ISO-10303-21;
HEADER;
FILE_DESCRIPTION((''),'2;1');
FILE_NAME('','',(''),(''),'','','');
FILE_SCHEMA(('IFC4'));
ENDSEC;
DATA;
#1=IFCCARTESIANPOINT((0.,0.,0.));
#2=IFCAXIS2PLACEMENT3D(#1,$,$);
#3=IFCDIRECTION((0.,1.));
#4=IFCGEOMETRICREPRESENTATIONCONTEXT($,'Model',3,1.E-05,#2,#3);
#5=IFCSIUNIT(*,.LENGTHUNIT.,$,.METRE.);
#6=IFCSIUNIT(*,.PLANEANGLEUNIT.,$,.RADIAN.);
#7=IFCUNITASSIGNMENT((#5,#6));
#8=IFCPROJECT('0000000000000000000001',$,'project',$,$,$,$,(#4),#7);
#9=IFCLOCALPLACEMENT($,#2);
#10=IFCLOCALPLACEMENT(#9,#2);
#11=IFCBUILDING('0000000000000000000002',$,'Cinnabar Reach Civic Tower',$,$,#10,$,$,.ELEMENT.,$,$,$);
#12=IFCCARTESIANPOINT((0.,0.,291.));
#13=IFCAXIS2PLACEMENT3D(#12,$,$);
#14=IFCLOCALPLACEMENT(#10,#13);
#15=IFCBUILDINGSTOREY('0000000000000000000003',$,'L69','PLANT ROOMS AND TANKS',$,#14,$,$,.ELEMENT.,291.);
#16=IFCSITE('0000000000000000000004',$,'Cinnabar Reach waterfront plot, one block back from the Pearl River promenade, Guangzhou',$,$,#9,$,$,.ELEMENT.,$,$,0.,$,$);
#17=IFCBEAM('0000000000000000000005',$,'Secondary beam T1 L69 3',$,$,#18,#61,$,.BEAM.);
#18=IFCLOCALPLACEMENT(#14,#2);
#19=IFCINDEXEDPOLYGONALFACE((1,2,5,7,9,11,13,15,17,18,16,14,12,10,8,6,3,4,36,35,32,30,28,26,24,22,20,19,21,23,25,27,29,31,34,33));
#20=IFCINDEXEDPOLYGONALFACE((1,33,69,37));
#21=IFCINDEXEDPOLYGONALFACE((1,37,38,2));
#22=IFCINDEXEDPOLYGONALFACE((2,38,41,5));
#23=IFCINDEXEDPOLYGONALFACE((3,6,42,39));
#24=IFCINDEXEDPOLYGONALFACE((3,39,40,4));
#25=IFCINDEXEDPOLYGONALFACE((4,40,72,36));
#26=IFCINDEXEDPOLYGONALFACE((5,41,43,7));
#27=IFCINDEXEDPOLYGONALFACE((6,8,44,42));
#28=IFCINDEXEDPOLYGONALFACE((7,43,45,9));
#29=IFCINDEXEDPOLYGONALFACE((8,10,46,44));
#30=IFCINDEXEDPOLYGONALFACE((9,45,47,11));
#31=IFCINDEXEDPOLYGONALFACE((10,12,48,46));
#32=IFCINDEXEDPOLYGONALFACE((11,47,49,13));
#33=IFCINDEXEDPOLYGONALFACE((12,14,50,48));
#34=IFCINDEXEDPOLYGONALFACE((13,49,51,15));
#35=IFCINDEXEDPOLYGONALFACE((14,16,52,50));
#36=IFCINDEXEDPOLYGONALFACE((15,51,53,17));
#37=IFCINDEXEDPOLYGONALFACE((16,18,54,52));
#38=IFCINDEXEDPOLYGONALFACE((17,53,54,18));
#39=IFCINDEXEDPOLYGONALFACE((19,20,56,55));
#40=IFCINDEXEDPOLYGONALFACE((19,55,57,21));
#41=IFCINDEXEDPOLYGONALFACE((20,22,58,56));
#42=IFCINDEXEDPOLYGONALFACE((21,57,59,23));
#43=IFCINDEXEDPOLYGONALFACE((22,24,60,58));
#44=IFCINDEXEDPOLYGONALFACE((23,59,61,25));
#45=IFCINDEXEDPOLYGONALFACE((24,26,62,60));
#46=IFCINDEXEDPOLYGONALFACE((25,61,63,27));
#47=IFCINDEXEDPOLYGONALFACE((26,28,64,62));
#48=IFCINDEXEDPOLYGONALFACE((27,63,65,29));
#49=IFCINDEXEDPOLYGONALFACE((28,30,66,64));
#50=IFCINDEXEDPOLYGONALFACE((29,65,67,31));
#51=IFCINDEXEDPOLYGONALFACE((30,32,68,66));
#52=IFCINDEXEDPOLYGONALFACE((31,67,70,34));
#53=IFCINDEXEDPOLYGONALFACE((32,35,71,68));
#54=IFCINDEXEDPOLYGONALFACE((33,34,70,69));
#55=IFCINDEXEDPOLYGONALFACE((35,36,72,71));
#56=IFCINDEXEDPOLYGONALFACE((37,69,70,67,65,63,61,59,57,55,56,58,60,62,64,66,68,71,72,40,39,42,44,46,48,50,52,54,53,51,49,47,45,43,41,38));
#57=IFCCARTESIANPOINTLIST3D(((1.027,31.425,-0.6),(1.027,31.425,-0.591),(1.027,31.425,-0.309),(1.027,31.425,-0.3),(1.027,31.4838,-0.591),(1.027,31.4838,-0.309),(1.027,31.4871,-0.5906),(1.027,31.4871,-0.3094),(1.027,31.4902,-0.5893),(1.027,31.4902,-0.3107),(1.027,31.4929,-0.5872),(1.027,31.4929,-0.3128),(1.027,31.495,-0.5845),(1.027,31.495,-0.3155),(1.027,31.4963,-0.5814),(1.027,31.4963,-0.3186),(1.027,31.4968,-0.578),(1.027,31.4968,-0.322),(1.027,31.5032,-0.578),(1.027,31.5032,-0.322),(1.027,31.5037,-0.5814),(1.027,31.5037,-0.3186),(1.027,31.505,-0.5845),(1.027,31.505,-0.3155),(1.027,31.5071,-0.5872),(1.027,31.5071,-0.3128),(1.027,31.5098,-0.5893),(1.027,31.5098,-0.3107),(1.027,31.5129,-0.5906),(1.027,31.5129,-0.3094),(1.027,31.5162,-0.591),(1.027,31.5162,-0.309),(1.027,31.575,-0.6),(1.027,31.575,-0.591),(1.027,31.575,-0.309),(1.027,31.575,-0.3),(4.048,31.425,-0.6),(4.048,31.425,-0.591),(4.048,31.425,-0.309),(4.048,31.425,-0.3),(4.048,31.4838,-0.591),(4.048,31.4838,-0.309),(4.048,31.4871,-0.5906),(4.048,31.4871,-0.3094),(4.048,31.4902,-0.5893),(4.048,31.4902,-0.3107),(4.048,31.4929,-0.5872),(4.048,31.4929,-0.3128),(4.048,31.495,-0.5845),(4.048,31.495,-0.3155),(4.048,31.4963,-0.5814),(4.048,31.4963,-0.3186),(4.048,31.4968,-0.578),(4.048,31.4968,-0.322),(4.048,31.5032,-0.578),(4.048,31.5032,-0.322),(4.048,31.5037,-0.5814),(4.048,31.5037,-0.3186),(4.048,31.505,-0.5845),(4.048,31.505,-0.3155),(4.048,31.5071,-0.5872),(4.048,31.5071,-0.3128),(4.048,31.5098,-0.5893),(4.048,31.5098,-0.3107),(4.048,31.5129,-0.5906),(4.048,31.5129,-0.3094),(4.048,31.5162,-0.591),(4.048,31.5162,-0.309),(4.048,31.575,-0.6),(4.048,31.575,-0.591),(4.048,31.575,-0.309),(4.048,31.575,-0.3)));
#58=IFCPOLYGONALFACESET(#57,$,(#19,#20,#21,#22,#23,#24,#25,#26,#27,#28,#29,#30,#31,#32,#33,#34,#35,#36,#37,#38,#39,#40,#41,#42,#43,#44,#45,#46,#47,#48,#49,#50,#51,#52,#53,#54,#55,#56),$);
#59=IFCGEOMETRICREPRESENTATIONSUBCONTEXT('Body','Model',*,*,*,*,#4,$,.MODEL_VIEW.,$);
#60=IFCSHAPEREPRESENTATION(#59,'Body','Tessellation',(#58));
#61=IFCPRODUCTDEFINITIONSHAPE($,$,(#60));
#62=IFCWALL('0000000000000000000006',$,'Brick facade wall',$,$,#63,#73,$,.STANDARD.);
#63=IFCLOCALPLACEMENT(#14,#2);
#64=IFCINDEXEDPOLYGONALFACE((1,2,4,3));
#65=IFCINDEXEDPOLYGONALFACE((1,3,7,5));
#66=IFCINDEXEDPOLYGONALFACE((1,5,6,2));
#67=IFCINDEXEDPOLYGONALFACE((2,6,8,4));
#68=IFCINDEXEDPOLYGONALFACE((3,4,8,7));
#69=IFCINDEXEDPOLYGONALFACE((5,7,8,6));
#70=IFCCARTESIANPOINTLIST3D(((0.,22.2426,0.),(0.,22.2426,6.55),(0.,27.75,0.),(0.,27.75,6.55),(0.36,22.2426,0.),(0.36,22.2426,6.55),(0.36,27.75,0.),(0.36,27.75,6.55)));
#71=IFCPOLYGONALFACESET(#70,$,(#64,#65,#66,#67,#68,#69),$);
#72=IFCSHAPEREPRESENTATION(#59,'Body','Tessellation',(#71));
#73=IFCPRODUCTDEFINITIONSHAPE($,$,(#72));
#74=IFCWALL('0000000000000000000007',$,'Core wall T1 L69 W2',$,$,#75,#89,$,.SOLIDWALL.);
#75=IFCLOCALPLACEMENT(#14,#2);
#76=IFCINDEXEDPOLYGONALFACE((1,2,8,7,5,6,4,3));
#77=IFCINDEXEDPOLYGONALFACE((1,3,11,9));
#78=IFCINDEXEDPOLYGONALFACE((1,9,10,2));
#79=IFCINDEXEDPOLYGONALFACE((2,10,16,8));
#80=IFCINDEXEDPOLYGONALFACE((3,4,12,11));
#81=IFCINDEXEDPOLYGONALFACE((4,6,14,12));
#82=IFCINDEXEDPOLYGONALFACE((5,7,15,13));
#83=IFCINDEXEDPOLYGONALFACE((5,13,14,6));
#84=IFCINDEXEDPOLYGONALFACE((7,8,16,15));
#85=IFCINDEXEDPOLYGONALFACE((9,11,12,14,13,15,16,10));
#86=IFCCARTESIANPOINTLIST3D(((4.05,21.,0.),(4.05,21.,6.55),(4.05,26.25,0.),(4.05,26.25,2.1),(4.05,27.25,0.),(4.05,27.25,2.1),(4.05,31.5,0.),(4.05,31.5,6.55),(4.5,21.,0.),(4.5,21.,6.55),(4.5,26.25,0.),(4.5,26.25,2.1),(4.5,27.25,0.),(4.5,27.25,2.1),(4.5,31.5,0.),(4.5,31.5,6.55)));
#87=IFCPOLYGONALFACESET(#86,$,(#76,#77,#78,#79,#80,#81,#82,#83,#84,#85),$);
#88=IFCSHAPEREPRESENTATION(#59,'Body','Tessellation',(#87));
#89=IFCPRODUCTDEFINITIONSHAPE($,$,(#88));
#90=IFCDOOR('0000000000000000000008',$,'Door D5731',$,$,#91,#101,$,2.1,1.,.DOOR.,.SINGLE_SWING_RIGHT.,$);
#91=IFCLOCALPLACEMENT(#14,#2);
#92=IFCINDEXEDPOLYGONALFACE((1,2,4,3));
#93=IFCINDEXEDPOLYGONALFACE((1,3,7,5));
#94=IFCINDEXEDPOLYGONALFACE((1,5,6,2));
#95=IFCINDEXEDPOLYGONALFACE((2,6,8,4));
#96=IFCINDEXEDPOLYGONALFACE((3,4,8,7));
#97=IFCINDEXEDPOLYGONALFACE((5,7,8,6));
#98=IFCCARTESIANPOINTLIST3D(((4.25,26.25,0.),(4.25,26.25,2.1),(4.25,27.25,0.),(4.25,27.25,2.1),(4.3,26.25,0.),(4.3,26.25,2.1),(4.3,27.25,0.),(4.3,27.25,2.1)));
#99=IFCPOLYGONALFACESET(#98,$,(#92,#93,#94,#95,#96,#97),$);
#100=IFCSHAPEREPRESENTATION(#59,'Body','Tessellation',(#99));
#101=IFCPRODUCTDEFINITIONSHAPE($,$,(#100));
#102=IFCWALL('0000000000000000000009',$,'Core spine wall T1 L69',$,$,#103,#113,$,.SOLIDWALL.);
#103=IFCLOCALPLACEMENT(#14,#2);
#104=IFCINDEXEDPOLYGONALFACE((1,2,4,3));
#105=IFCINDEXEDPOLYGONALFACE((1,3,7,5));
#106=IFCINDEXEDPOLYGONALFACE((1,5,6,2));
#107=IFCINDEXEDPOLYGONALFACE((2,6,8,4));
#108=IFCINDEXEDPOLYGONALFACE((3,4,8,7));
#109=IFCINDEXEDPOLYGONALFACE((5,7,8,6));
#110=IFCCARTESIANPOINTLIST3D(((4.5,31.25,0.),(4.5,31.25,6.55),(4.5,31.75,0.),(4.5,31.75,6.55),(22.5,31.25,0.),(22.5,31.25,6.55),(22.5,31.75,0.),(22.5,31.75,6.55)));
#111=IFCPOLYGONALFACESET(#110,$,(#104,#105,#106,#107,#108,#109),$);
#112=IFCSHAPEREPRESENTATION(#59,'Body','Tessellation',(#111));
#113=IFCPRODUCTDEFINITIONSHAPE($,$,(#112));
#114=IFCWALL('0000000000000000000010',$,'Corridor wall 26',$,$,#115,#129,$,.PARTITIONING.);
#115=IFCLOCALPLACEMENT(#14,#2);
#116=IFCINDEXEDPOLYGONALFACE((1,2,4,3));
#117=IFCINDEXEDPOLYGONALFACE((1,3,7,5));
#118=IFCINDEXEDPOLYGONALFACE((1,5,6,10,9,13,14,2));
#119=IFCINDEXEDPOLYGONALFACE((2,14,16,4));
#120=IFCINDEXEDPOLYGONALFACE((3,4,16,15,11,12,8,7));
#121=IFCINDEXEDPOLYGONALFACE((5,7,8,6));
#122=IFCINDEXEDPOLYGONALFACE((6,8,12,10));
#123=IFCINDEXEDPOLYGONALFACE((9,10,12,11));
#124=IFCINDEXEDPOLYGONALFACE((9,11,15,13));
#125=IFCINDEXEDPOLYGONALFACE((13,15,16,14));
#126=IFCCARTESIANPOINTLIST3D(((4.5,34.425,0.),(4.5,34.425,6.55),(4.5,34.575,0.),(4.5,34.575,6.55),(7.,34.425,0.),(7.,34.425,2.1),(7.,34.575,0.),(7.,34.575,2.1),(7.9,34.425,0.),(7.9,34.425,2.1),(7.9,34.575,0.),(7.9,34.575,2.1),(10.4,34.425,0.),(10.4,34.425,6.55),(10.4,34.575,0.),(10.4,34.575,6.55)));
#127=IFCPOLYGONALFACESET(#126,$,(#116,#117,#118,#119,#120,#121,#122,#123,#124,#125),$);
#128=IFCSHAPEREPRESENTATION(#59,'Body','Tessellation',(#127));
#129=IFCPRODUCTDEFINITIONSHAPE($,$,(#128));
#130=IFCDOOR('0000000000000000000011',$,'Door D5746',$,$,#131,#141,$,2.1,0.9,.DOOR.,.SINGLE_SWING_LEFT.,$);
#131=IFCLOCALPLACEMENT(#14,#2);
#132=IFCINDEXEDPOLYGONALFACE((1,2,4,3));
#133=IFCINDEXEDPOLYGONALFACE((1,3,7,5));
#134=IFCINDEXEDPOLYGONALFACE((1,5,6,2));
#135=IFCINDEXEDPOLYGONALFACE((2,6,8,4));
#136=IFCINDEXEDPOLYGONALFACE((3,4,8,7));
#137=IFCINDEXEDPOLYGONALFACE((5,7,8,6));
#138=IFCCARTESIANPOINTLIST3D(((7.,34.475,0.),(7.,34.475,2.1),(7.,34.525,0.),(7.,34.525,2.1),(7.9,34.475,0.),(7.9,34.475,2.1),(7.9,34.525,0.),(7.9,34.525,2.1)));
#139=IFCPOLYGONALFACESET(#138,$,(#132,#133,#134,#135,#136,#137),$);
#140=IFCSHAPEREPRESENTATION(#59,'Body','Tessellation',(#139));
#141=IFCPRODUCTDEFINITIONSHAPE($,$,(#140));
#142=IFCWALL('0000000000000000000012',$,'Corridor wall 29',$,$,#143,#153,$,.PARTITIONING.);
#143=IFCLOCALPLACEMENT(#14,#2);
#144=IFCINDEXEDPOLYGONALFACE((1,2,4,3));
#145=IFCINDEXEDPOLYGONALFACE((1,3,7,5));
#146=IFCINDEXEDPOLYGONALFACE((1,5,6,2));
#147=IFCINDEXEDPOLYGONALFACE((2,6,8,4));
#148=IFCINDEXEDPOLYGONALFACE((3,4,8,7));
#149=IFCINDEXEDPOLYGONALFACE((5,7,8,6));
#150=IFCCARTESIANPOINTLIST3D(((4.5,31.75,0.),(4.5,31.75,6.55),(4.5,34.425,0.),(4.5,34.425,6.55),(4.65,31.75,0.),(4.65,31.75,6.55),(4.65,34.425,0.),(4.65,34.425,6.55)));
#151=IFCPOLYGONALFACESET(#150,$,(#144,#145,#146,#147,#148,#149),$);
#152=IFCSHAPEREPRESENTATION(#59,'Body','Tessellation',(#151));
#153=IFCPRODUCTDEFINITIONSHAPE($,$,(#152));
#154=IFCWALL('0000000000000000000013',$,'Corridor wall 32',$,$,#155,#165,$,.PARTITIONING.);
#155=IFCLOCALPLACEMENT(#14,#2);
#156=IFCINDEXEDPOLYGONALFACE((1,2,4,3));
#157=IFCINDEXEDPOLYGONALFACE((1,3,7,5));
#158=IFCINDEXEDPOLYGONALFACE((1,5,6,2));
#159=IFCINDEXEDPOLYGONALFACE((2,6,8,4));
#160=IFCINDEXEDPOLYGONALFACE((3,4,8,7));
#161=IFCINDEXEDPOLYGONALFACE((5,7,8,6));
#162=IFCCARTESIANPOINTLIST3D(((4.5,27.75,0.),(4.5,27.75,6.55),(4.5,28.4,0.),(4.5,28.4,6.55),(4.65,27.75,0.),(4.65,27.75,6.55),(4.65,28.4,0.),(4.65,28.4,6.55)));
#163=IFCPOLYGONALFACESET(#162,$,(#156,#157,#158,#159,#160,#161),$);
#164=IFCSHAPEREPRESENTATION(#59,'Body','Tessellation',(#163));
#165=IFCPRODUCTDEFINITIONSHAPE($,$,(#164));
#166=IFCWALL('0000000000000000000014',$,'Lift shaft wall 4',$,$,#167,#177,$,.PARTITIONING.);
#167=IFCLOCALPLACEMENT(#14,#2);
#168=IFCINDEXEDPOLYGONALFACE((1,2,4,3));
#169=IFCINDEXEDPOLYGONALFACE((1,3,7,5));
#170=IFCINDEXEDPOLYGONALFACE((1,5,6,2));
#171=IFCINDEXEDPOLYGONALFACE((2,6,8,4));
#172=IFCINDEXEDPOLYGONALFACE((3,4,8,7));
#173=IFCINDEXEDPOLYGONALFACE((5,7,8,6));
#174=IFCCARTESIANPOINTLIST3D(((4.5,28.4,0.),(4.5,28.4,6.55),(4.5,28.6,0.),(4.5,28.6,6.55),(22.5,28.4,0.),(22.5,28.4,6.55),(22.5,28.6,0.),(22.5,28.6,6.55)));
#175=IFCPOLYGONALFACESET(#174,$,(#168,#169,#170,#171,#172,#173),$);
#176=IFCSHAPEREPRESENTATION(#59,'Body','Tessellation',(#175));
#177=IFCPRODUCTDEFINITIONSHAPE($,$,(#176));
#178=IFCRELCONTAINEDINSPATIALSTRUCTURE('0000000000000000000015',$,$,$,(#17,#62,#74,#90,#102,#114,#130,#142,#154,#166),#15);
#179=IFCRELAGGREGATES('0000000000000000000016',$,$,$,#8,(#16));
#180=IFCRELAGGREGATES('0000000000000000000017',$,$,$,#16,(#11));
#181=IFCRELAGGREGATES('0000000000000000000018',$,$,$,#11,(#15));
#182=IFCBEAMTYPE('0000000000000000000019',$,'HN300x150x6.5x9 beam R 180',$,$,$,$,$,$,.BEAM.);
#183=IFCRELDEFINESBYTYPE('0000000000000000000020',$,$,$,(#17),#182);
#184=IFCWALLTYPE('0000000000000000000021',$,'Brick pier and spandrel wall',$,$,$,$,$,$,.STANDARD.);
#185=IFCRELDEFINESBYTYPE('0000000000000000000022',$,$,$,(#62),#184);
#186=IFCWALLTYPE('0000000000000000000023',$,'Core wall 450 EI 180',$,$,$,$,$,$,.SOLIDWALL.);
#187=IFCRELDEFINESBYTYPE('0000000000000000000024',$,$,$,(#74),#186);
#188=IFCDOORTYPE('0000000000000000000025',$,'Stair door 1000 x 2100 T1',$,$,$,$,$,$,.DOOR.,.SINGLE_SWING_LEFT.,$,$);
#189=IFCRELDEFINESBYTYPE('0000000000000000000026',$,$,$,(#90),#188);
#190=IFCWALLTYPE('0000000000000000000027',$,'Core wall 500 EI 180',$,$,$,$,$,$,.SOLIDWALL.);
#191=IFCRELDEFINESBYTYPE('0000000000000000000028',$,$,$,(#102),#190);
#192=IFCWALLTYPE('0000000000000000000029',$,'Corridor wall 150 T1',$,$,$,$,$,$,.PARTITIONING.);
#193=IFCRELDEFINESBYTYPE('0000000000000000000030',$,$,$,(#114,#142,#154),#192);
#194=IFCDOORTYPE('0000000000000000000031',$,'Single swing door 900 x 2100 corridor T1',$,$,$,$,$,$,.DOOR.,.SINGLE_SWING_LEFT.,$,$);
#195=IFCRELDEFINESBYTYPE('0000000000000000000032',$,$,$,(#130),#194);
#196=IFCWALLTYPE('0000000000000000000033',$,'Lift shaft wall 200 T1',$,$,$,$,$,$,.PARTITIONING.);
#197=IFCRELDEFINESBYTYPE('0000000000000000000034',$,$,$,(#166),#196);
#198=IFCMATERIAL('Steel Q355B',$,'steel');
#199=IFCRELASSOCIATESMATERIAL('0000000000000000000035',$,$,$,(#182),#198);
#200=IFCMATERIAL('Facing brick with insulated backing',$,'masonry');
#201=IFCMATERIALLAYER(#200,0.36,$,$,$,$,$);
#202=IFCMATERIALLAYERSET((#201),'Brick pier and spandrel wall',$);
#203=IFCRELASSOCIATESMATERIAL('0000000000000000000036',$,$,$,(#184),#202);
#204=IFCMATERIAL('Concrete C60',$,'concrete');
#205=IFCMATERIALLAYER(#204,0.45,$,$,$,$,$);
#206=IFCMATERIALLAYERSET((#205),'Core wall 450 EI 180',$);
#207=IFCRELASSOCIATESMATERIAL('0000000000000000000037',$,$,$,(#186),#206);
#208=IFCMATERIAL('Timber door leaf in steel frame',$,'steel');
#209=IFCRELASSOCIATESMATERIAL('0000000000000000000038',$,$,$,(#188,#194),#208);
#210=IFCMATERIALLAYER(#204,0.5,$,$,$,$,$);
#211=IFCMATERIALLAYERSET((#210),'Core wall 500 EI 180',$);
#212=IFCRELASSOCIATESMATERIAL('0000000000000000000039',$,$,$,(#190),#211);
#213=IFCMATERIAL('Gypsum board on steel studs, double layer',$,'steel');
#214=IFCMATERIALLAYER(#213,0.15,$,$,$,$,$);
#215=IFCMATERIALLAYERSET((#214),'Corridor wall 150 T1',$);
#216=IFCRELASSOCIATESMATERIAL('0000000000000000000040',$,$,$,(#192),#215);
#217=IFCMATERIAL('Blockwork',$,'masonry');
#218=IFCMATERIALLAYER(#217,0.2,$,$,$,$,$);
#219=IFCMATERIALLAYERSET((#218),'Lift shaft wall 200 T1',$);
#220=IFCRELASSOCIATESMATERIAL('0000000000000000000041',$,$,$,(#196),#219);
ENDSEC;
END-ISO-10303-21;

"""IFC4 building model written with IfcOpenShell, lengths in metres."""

from ifc_helpers import new_model, si_unit, direction, frame, frame_2d, origin, origin_2d, place, context, subcontext, project, spatial, rectangle, i_section, extrude, material, layer, layer_set, material_profile, profile_set, type_object, element, fill, save


model = new_model("IFC4")

# Units and contexts
model_context = context("Model", 3, precision=1e-05, world=origin(), true_north=direction((0.0, 1.0)))
body_context = subcontext(model_context, "Body", "Model", "MODEL_VIEW")
ifc_project = project(units=[si_unit("LENGTHUNIT", "METRE"), si_unit("PLANEANGLEUNIT", "RADIAN")], contexts=[model_context])

# Site, building, storey
site_placement = place(None, origin())
site = spatial("IfcSite", under=ifc_project, at=site_placement, Name="Cinnabar Reach waterfront plot, one block back from the Pearl River promenade, Guangzhou", CompositionType="ELEMENT", RefElevation=0.0)
building_placement = place(site_placement, origin())
building = spatial("IfcBuilding", under=site, at=building_placement, Name="Cinnabar Reach Civic Tower", CompositionType="ELEMENT")
storey_placement = place(building_placement, frame((0.0, 0.0, 291.0)))
storey = spatial("IfcBuildingStorey", under=building, at=storey_placement, Name="L69", Description="PLANT ROOMS AND TANKS", CompositionType="ELEMENT", Elevation=291.0)

# Beam
ifc_material_1 = material(Name="Steel Q355B", Category="steel")
ifc_material_profile = material_profile(ifc_material_1, i_section(OverallWidth=0.15, OverallDepth=0.3, WebThickness=0.0065, FlangeThickness=0.009, FilletRadius=0.013, at=origin_2d()), Name="HN300x150x6.5x9")
ifc_profile_set = profile_set([ifc_material_profile], Name="Steel Q355B")
beam_type = type_object("IfcBeamType", Name="HN300x150x6.5x9 beam R 180", PredefinedType="BEAM", material=ifc_profile_set)
beam_placement = place(storey_placement, frame((1.027, 31.5, -0.45), z_axis=(1.0, 0.0, 0.0), x_axis=(0.0, 1.0, 0.0)))
element("IfcBeam", 1, at=beam_placement, inside=storey, type_object=beam_type, Name="Secondary beam T1 L69 3", PredefinedType="BEAM", context=body_context, shape_type="SweptSolid", body=[
    extrude(i_section(OverallWidth=0.15, OverallDepth=0.3, WebThickness=0.0065, FlangeThickness=0.009, FilletRadius=0.013, at=origin_2d()), origin(), (0.0, 0.0, 1.0), 3.021),
])

# Wall
ifc_material_2 = material(Name="Facing brick with insulated backing", Category="masonry")
ifc_layer_1 = layer(ifc_material_2, 0.36)
ifc_layer_set_1 = layer_set([ifc_layer_1], Name="Brick pier and spandrel wall")
wall_type_1 = type_object("IfcWallType", Name="Brick pier and spandrel wall", PredefinedType="STANDARD", material=ifc_layer_set_1)
wall_1_placement = place(storey_placement, frame((0.18, 27.75, 0.0), z_axis=(0.0, 0.0, 1.0), x_axis=(0.0, -1.0, 0.0)))
element("IfcWall", 2, at=wall_1_placement, inside=storey, type_object=wall_type_1, Name="Brick facade wall", PredefinedType="STANDARD", context=body_context, shape_type="SweptSolid", body=[
    extrude(rectangle(XDim=5.5074, YDim=0.36, at=frame_2d((2.7537, 0.0))), origin(), (0.0, 0.0, 1.0), 6.55),
])

# Wall, opening, door
ifc_material_3 = material(Name="Concrete C60", Category="concrete")
ifc_layer_2 = layer(ifc_material_3, 0.45)
ifc_layer_set_2 = layer_set([ifc_layer_2], Name="Core wall 450 EI 180")
wall_type_2 = type_object("IfcWallType", Name="Core wall 450 EI 180", PredefinedType="SOLIDWALL", material=ifc_layer_set_2)
wall_2_placement = place(storey_placement, frame((4.275, 31.5, 0.0), z_axis=(0.0, 0.0, 1.0), x_axis=(0.0, -1.0, 0.0)))
wall_2 = element("IfcWall", 3, at=wall_2_placement, inside=storey, type_object=wall_type_2, Name="Core wall T1 L69 W2", PredefinedType="SOLIDWALL", context=body_context, shape_type="SweptSolid", body=[
    extrude(rectangle(XDim=10.5, YDim=0.45, at=frame_2d((5.25, 0.0))), origin(), (0.0, 0.0, 1.0), 6.55),
])
opening_1_placement = place(wall_2_placement, frame((4.25, 0.0, 0.0)))
opening_1 = element("IfcOpeningElement", 4, at=opening_1_placement, cuts=wall_2, PredefinedType="OPENING", context=body_context, shape_type="SweptSolid", body=[
    extrude(rectangle(XDim=1.0, YDim=2.1, at=frame_2d((0.5, 1.05))), frame((0.0, 0.235, 0.0), z_axis=(0.0, -1.0, 0.0), x_axis=(1.0, 0.0, 0.0)), (0.0, 0.0, 1.0), 0.47),
])
ifc_material_4 = material(Name="Timber door leaf in steel frame", Category="steel")
door_type_1 = type_object("IfcDoorType", Name="Stair door 1000 x 2100 T1", OperationType="SINGLE_SWING_LEFT", PredefinedType="DOOR", material=ifc_material_4)
door_1_placement = place(opening_1_placement, frame((1.0, 0.0, 0.0), z_axis=(0.0, 0.0, 1.0), x_axis=(-1.0, 0.0, 0.0)))
door_1 = element("IfcDoor", 5, at=door_1_placement, inside=storey, type_object=door_type_1, Name="Door D5731", OperationType="SINGLE_SWING_RIGHT", OverallHeight=2.1, OverallWidth=1.0, PredefinedType="DOOR", context=body_context, shape_type="SweptSolid", body=[
    extrude(rectangle(XDim=1.0, YDim=2.1, at=frame_2d((0.5, 1.05))), frame((0.0, 0.025, 0.0), z_axis=(0.0, -1.0, 0.0), x_axis=(1.0, 0.0, 0.0)), (0.0, 0.0, 1.0), 0.05),
])
fill(opening_1, door_1)

# Wall
ifc_layer_3 = layer(ifc_material_3, 0.5)
ifc_layer_set_3 = layer_set([ifc_layer_3], Name="Core wall 500 EI 180")
wall_type_3 = type_object("IfcWallType", Name="Core wall 500 EI 180", PredefinedType="SOLIDWALL", material=ifc_layer_set_3)
wall_3_placement = place(storey_placement, frame((4.5, 31.5, 0.0), z_axis=(0.0, 0.0, 1.0), x_axis=(1.0, 0.0, 0.0)))
element("IfcWall", 6, at=wall_3_placement, inside=storey, type_object=wall_type_3, Name="Core spine wall T1 L69", PredefinedType="SOLIDWALL", context=body_context, shape_type="SweptSolid", body=[
    extrude(rectangle(XDim=18.0, YDim=0.5, at=frame_2d((9.0, 0.0))), origin(), (0.0, 0.0, 1.0), 6.55),
])

# Wall, opening, door
ifc_material_5 = material(Name="Gypsum board on steel studs, double layer", Category="steel")
ifc_layer_4 = layer(ifc_material_5, 0.15)
ifc_layer_set_4 = layer_set([ifc_layer_4], Name="Corridor wall 150 T1")
wall_type_4 = type_object("IfcWallType", Name="Corridor wall 150 T1", PredefinedType="PARTITIONING", material=ifc_layer_set_4)
wall_4_placement = place(storey_placement, frame((4.5, 34.5, 0.0), z_axis=(0.0, 0.0, 1.0), x_axis=(1.0, 0.0, 0.0)))
wall_4 = element("IfcWall", 7, at=wall_4_placement, inside=storey, type_object=wall_type_4, Name="Corridor wall 26", PredefinedType="PARTITIONING", context=body_context, shape_type="SweptSolid", body=[
    extrude(rectangle(XDim=5.9, YDim=0.15, at=frame_2d((2.95, 0.0))), origin(), (0.0, 0.0, 1.0), 6.55),
])
opening_2_placement = place(wall_4_placement, frame((2.5, 0.0, 0.0)))
opening_2 = element("IfcOpeningElement", 8, at=opening_2_placement, cuts=wall_4, PredefinedType="OPENING", context=body_context, shape_type="SweptSolid", body=[
    extrude(rectangle(XDim=0.9, YDim=2.1, at=frame_2d((0.45, 1.05))), frame((0.0, 0.085, 0.0), z_axis=(0.0, -1.0, 0.0), x_axis=(1.0, 0.0, 0.0)), (0.0, 0.0, 1.0), 0.17),
])
door_type_2 = type_object("IfcDoorType", Name="Single swing door 900 x 2100 corridor T1", OperationType="SINGLE_SWING_LEFT", PredefinedType="DOOR", material=ifc_material_4)
door_2_placement = place(opening_2_placement, frame((0.9, 0.0, 0.0), z_axis=(0.0, 0.0, 1.0), x_axis=(-1.0, 0.0, 0.0)))
door_2 = element("IfcDoor", 9, at=door_2_placement, inside=storey, type_object=door_type_2, Name="Door D5746", OperationType="SINGLE_SWING_LEFT", OverallHeight=2.1, OverallWidth=0.9, PredefinedType="DOOR", context=body_context, shape_type="SweptSolid", body=[
    extrude(rectangle(XDim=0.9, YDim=2.1, at=frame_2d((0.45, 1.05))), frame((0.0, 0.025, 0.0), z_axis=(0.0, -1.0, 0.0), x_axis=(1.0, 0.0, 0.0)), (0.0, 0.0, 1.0), 0.05),
])
fill(opening_2, door_2)

# Walls
wall_5_placement = place(storey_placement, frame((4.575, 31.75, 0.0), z_axis=(0.0, 0.0, 1.0), x_axis=(0.0, 1.0, 0.0)))
element("IfcWall", 10, at=wall_5_placement, inside=storey, type_object=wall_type_4, Name="Corridor wall 29", PredefinedType="PARTITIONING", context=body_context, shape_type="SweptSolid", body=[
    extrude(rectangle(XDim=2.675, YDim=0.15, at=frame_2d((1.3375, 0.0))), origin(), (0.0, 0.0, 1.0), 6.55),
])
wall_6_placement = place(storey_placement, frame((4.575, 27.75, 0.0), z_axis=(0.0, 0.0, 1.0), x_axis=(0.0, 1.0, 0.0)))
element("IfcWall", 11, at=wall_6_placement, inside=storey, type_object=wall_type_4, Name="Corridor wall 32", PredefinedType="PARTITIONING", context=body_context, shape_type="SweptSolid", body=[
    extrude(rectangle(XDim=0.65, YDim=0.15, at=frame_2d((0.325, 0.0))), origin(), (0.0, 0.0, 1.0), 6.55),
])
ifc_material_6 = material(Name="Blockwork", Category="masonry")
ifc_layer_5 = layer(ifc_material_6, 0.2)
ifc_layer_set_5 = layer_set([ifc_layer_5], Name="Lift shaft wall 200 T1")
wall_type_5 = type_object("IfcWallType", Name="Lift shaft wall 200 T1", PredefinedType="PARTITIONING", material=ifc_layer_set_5)
wall_7_placement = place(storey_placement, frame((4.5, 28.5, 0.0), z_axis=(0.0, 0.0, 1.0), x_axis=(1.0, 0.0, 0.0)))
element("IfcWall", 12, at=wall_7_placement, inside=storey, type_object=wall_type_5, Name="Lift shaft wall 4", PredefinedType="PARTITIONING", context=body_context, shape_type="SweptSolid", body=[
    extrude(rectangle(XDim=18.0, YDim=0.2, at=frame_2d((9.0, 0.0))), origin(), (0.0, 0.0, 1.0), 6.55),
])

save(model, "model.ifc")
